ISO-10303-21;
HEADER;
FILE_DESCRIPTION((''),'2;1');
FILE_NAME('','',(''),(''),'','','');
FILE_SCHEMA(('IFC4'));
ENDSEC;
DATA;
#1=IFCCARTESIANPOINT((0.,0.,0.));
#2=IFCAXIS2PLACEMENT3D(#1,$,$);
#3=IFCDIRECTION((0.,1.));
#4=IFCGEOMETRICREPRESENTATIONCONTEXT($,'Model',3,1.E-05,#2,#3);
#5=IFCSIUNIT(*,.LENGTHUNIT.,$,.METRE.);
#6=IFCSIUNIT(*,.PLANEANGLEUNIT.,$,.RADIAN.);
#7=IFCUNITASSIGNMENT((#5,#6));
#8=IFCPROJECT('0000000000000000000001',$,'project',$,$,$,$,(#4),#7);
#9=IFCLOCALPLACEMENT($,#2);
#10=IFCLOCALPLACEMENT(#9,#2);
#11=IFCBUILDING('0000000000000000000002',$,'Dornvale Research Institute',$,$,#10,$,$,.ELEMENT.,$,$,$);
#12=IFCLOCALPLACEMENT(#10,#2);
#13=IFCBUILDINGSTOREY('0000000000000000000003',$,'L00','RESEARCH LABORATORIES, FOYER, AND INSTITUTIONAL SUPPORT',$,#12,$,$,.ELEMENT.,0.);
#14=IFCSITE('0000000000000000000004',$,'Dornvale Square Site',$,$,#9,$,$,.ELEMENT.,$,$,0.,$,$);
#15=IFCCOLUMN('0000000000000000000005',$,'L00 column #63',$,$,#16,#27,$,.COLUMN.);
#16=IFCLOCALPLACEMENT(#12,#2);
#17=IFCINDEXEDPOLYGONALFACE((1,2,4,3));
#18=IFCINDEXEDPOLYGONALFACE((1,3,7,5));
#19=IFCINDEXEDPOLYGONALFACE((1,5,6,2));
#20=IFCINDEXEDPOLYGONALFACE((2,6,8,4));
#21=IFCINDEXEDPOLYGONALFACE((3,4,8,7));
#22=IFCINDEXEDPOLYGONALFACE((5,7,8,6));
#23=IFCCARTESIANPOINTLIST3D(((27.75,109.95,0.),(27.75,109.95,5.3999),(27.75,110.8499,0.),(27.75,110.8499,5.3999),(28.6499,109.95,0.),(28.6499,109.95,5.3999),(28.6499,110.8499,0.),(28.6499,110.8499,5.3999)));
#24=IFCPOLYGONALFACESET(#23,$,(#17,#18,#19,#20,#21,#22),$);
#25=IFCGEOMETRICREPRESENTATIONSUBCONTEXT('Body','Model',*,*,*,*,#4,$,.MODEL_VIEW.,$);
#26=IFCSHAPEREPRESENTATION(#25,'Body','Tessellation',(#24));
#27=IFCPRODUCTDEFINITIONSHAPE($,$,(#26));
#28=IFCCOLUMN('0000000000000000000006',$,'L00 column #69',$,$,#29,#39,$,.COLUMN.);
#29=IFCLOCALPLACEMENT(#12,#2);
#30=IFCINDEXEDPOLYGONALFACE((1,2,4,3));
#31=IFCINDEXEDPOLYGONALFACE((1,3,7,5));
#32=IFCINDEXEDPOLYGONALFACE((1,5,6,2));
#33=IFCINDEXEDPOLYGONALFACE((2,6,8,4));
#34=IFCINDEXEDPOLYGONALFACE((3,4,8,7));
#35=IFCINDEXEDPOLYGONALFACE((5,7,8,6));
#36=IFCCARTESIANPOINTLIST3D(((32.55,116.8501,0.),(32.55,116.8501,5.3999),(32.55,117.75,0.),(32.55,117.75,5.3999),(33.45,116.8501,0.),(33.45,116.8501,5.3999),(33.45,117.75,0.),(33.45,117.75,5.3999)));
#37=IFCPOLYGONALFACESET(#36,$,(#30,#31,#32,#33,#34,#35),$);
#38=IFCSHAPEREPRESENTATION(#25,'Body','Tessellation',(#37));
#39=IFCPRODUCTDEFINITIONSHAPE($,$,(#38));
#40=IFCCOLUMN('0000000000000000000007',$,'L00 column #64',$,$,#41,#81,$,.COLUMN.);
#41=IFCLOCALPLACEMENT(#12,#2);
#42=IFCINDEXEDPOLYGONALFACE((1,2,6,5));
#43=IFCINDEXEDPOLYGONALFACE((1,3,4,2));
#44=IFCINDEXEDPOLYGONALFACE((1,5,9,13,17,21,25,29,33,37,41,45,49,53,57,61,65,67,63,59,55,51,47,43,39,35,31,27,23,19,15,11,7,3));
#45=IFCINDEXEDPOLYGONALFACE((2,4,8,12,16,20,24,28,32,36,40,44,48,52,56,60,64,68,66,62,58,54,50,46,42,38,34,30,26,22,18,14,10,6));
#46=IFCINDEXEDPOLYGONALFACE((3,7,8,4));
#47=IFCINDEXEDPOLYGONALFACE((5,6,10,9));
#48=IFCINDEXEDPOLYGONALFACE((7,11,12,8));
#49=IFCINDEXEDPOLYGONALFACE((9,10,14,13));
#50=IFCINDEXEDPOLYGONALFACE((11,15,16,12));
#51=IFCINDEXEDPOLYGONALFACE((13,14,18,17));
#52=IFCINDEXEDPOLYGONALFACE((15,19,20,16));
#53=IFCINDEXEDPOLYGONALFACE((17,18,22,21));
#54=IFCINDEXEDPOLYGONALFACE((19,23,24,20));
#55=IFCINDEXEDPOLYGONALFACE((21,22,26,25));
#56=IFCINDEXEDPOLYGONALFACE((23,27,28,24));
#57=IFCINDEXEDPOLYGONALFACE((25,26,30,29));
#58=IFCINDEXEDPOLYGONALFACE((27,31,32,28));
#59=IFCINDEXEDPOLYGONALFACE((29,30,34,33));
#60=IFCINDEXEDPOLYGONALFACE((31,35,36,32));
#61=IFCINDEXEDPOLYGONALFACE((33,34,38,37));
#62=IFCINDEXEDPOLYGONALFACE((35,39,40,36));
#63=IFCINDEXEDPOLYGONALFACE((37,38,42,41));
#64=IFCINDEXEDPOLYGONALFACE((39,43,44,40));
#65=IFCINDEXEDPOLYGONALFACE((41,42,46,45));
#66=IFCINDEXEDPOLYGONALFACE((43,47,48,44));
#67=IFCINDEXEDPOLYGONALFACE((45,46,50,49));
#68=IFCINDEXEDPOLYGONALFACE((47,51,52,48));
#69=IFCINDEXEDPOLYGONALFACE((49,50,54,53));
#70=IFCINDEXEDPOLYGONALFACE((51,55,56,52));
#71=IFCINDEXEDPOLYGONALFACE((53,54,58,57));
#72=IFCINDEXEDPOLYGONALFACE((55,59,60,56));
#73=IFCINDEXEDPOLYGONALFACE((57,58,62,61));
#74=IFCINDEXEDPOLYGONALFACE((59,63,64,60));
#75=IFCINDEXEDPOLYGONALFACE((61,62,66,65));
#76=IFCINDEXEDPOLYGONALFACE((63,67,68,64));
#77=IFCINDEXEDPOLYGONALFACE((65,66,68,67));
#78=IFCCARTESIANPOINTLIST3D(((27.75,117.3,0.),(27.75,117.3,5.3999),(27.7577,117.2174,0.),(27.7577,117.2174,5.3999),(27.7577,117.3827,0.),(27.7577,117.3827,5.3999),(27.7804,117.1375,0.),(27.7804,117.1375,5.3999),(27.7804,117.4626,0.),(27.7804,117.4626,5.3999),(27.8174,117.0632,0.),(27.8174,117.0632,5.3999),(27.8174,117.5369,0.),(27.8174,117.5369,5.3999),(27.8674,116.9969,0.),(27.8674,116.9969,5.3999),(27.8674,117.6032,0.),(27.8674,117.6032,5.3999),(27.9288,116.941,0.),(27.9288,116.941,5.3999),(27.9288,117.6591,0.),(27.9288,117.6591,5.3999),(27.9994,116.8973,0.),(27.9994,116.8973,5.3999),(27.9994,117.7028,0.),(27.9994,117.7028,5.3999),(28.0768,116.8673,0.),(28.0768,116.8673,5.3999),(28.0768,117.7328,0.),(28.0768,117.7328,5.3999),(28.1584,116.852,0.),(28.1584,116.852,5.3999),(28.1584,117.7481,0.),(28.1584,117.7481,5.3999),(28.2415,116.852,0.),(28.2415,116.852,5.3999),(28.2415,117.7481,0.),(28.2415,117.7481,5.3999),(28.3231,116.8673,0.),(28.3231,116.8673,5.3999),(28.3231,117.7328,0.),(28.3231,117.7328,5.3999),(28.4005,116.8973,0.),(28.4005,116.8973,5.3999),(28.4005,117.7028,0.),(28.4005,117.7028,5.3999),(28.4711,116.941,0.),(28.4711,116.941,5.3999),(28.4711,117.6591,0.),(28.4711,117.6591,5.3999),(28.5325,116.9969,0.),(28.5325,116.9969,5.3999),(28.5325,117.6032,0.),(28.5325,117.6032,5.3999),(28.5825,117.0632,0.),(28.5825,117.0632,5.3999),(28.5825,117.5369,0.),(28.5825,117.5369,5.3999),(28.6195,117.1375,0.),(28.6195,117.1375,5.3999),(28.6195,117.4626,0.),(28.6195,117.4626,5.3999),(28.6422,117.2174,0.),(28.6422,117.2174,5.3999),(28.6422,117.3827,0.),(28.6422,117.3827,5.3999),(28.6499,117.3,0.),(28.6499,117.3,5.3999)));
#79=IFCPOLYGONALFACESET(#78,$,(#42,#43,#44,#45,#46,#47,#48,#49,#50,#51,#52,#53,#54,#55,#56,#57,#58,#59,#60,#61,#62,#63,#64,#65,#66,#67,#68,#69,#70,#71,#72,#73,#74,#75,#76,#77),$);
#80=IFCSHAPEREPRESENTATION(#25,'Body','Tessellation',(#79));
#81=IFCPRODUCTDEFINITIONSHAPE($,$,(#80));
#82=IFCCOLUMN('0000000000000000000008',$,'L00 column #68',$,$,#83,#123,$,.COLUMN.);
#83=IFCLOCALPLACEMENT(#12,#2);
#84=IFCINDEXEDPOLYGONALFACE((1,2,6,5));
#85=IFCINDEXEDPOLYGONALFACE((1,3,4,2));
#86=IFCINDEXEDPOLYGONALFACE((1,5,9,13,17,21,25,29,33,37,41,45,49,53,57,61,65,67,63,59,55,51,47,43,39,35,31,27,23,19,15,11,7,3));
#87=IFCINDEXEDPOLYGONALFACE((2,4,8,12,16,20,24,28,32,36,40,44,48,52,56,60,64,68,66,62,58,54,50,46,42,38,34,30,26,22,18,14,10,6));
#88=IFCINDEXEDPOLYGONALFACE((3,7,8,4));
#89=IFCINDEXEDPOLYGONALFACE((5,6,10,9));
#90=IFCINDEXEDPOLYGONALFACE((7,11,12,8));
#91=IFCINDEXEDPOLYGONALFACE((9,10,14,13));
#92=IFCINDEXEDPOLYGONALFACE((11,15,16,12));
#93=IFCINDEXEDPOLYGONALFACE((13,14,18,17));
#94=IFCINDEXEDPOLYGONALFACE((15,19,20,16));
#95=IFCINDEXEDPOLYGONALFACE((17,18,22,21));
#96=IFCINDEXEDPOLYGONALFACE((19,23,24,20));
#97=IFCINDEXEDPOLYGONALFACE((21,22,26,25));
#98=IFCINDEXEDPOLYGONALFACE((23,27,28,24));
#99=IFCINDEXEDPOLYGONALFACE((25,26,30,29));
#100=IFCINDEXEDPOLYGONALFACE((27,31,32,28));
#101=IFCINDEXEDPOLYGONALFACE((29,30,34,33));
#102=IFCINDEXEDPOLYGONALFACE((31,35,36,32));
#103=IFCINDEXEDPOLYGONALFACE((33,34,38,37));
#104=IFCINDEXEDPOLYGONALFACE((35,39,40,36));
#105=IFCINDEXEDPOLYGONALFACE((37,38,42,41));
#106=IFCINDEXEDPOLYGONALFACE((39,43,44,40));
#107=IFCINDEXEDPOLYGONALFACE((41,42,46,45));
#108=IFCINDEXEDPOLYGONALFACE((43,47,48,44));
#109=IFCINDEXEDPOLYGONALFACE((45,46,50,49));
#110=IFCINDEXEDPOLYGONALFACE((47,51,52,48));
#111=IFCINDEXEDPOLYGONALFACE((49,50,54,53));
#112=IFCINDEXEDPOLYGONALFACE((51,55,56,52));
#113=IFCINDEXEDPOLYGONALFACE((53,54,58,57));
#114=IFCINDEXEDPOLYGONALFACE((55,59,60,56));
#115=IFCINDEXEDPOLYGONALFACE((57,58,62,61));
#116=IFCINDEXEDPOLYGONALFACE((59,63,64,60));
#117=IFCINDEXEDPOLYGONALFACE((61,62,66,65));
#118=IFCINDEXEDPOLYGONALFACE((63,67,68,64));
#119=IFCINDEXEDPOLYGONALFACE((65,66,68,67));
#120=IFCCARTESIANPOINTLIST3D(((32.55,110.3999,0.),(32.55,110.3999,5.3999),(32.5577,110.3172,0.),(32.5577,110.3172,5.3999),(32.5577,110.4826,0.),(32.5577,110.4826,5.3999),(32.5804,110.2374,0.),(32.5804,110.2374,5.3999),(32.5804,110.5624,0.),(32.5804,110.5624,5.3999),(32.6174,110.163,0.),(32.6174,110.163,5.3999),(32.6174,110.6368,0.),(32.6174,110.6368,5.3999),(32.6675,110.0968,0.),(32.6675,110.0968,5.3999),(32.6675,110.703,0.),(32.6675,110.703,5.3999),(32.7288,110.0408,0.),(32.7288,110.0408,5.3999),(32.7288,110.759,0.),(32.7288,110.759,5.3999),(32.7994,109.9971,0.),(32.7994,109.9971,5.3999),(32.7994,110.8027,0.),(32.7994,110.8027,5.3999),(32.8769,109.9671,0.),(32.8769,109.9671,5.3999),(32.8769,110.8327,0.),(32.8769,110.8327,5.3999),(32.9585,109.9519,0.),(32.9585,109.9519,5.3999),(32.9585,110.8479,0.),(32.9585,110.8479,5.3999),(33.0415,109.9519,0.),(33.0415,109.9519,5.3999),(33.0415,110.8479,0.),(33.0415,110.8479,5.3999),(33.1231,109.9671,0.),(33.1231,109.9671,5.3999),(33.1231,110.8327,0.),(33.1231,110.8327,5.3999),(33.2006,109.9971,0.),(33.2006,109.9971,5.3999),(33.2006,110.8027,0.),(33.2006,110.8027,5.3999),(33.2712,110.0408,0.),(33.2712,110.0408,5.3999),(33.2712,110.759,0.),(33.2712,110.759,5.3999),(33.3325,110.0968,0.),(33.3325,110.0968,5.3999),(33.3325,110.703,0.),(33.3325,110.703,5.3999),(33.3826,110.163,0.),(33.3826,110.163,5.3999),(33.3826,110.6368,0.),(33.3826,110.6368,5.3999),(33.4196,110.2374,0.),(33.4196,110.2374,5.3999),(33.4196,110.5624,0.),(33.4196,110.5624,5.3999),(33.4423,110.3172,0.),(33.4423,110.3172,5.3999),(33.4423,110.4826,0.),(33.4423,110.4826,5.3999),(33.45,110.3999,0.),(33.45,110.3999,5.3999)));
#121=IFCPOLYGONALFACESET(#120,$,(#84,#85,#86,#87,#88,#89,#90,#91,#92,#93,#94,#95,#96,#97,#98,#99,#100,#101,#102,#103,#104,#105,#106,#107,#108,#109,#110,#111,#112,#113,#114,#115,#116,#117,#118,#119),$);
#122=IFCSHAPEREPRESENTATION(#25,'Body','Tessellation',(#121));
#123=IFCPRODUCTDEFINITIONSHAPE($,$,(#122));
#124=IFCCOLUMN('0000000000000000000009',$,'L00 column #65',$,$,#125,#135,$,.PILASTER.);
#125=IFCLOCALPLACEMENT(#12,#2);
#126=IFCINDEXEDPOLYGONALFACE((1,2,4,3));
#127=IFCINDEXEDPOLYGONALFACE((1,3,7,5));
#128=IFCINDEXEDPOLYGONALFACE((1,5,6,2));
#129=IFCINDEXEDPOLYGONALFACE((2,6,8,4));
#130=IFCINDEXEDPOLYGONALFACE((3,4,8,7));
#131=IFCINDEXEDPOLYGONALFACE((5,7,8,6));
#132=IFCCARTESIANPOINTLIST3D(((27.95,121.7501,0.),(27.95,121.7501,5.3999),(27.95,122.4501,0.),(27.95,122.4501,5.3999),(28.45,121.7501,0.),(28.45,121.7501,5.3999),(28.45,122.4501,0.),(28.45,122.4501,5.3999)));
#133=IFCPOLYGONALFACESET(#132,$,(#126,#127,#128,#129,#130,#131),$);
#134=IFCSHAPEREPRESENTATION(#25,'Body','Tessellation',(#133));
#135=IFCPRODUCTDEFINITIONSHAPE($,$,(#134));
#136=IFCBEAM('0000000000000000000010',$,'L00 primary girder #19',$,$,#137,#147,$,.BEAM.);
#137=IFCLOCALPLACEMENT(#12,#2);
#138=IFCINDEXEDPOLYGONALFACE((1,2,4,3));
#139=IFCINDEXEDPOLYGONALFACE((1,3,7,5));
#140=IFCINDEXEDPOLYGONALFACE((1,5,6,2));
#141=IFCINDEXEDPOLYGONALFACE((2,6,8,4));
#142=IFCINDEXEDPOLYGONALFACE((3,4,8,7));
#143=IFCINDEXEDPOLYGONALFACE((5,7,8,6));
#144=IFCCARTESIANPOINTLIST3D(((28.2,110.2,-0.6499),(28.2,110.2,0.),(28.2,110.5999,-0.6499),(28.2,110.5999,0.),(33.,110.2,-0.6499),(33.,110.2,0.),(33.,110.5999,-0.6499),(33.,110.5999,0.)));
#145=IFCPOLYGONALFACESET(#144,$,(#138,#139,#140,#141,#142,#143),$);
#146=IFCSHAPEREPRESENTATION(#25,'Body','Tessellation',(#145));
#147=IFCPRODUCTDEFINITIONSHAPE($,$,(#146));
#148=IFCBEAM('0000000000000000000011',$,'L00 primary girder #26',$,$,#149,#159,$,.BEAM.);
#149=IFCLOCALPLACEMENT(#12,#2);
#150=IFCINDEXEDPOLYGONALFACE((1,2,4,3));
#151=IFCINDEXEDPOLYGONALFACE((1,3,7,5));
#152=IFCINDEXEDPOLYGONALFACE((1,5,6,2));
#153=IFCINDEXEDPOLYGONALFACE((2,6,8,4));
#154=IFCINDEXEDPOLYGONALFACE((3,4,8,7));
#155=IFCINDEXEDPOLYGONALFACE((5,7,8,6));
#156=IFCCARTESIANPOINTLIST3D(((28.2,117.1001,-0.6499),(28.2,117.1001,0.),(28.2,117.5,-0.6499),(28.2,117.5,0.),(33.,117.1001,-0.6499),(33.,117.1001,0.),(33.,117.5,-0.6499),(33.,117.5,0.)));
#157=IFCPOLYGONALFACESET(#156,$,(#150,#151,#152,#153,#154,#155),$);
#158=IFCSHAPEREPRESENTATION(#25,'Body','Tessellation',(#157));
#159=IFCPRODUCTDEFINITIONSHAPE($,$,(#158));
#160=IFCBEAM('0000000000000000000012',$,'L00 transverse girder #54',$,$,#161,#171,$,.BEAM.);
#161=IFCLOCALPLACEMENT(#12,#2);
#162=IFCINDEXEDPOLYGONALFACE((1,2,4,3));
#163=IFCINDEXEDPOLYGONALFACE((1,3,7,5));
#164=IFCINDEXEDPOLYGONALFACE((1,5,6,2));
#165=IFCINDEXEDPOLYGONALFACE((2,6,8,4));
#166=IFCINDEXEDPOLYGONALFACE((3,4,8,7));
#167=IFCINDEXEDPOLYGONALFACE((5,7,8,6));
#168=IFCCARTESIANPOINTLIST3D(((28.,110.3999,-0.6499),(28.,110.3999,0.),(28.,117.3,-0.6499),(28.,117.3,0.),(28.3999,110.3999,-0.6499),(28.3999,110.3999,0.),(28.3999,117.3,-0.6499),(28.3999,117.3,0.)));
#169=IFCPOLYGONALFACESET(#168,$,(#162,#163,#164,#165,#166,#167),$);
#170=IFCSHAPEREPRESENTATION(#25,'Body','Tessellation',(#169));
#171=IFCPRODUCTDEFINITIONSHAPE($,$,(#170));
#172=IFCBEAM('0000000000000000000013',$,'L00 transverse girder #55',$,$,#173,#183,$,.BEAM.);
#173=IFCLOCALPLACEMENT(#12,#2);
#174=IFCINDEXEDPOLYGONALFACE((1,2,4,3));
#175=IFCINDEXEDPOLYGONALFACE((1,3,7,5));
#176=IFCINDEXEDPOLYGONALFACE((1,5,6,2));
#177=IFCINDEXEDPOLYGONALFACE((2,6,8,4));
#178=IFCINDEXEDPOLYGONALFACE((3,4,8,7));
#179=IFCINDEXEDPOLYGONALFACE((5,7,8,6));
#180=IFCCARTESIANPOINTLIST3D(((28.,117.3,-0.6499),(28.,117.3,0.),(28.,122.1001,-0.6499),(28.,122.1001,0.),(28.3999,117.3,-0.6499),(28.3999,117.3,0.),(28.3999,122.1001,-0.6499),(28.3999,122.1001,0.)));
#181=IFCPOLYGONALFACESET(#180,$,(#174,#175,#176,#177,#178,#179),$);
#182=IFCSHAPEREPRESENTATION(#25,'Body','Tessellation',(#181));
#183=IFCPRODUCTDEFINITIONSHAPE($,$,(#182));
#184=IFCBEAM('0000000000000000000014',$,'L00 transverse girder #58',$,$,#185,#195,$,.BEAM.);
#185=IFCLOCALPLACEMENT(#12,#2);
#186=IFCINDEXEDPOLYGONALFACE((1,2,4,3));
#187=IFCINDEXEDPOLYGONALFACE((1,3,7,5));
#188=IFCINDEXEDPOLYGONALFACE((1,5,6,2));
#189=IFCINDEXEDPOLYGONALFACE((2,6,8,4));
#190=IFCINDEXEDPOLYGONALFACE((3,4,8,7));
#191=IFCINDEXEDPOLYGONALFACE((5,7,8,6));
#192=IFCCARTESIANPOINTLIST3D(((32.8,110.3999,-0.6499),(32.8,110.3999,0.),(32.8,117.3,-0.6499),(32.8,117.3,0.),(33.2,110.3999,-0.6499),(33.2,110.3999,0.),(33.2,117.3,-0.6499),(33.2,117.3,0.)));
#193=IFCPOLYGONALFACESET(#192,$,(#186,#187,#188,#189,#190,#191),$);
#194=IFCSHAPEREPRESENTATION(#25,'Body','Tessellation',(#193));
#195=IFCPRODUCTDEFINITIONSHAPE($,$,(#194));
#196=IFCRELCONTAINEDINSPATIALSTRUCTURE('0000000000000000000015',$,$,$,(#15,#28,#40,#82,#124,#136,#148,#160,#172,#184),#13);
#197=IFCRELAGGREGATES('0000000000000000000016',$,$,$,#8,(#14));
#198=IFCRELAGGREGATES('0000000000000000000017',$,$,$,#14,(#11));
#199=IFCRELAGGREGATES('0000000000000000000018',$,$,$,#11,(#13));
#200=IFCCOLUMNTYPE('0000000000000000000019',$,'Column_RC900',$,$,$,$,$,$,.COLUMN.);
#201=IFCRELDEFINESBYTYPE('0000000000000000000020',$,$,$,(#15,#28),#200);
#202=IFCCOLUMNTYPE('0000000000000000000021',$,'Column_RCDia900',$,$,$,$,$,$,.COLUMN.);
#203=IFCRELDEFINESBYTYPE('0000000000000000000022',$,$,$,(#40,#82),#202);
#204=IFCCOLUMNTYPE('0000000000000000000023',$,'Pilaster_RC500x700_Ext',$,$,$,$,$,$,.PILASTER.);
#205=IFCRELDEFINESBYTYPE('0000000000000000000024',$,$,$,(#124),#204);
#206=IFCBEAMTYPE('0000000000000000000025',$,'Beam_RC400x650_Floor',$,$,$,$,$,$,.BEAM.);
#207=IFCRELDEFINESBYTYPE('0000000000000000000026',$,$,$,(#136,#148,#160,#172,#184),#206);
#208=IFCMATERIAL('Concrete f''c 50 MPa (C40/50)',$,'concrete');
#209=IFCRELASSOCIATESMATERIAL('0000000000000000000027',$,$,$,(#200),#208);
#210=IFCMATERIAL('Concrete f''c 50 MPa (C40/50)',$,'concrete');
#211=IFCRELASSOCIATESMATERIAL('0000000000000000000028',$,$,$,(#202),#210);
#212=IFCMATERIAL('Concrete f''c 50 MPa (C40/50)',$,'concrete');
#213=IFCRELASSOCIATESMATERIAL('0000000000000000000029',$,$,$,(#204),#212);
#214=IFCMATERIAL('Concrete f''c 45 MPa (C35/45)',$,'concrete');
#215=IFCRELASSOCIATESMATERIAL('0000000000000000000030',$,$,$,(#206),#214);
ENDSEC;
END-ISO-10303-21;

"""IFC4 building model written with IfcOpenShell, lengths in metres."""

from ifc_helpers import new_model, si_unit, direction, frame, origin, origin_2d, place, context, subcontext, project, spatial, rectangle, circle, extrude, material, material_profile, profile_set, type_object, element, save


model = new_model("IFC4")

# Units and contexts
model_context = context("Model", 3, precision=1e-05, world=origin(), true_north=direction((0.0, 1.0)))
body_context = subcontext(model_context, "Body", "Model", "MODEL_VIEW")
ifc_project = project(units=[si_unit("LENGTHUNIT", "METRE"), si_unit("PLANEANGLEUNIT", "RADIAN")], contexts=[model_context])

# Site, building, storey
site_placement = place(None, origin())
site = spatial("IfcSite", under=ifc_project, at=site_placement, Name="Dornvale Square Site", CompositionType="ELEMENT", RefElevation=0.0)
building_placement = place(site_placement, origin())
building = spatial("IfcBuilding", under=site, at=building_placement, Name="Dornvale Research Institute", CompositionType="ELEMENT")
storey_placement = place(building_placement, origin())
storey = spatial("IfcBuildingStorey", under=building, at=storey_placement, Name="L00", Description="RESEARCH LABORATORIES, FOYER, AND INSTITUTIONAL SUPPORT", CompositionType="ELEMENT", Elevation=0.0)

# Columns
ifc_material_1 = material(Name="Concrete f'c 50 MPa (C40/50)", Category="concrete")
ifc_material_profile_1 = material_profile(ifc_material_1, rectangle(XDim=0.8999, YDim=0.8999, at=origin_2d()), Name="RC 900x900")
ifc_profile_set_1 = profile_set([ifc_material_profile_1], Name="Concrete f'c 50 MPa (C40/50)")
column_type_1 = type_object("IfcColumnType", Name="Column_RC900", PredefinedType="COLUMN", material=ifc_profile_set_1)
for number, where, z_axis, x_axis, name in (
    (1, (28.2, 110.3999, 0.0), (0.0, 0.0, 1.0), (1.0, 0.0, 0.0), "L00 column #63"),
    (2, (33.0, 117.3, 0.0), (0.0, 0.0, 1.0), (1.0, 0.0, 0.0), "L00 column #69"),
):
    element("IfcColumn", number, at=place(storey_placement, frame(where, z_axis=z_axis, x_axis=x_axis)), inside=storey, type_object=column_type_1, Name=name, PredefinedType="COLUMN", context=body_context, shape_type="SweptSolid", body=[
        extrude(rectangle(XDim=0.8999, YDim=0.8999, at=origin_2d()), origin(), (0.0, 0.0, 1.0), 5.3999),
    ])
ifc_material_2 = material(Name="Concrete f'c 50 MPa (C40/50)", Category="concrete")
ifc_material_profile_2 = material_profile(ifc_material_2, circle(Radius=0.45, at=origin_2d()), Name="RC DIA 900")
ifc_profile_set_2 = profile_set([ifc_material_profile_2], Name="Concrete f'c 50 MPa (C40/50)")
column_type_2 = type_object("IfcColumnType", Name="Column_RCDia900", PredefinedType="COLUMN", material=ifc_profile_set_2)
for number, where, z_axis, x_axis, name in (
    (3, (28.2, 117.3, 0.0), (0.0, 0.0, 1.0), (1.0, 0.0, 0.0), "L00 column #64"),
    (4, (33.0, 110.3999, 0.0), (0.0, 0.0, 1.0), (1.0, 0.0, 0.0), "L00 column #68"),
):
    element("IfcColumn", number, at=place(storey_placement, frame(where, z_axis=z_axis, x_axis=x_axis)), inside=storey, type_object=column_type_2, Name=name, PredefinedType="COLUMN", context=body_context, shape_type="SweptSolid", body=[
        extrude(circle(Radius=0.45, at=origin_2d()), origin(), (0.0, 0.0, 1.0), 5.3999),
    ])
ifc_material_3 = material(Name="Concrete f'c 50 MPa (C40/50)", Category="concrete")
ifc_material_profile_3 = material_profile(ifc_material_3, rectangle(XDim=0.5, YDim=0.7, at=origin_2d()), Name="RC 500x700")
ifc_profile_set_3 = profile_set([ifc_material_profile_3], Name="Concrete f'c 50 MPa (C40/50)")
column_type_3 = type_object("IfcColumnType", Name="Pilaster_RC500x700_Ext", PredefinedType="PILASTER", material=ifc_profile_set_3)
column_placement = place(storey_placement, frame((28.2, 122.1001, 0.0), z_axis=(0.0, 0.0, 1.0), x_axis=(1.0, 0.0, 0.0)))
element("IfcColumn", 5, at=column_placement, inside=storey, type_object=column_type_3, Name="L00 column #65", PredefinedType="PILASTER", context=body_context, shape_type="SweptSolid", body=[
    extrude(rectangle(XDim=0.5, YDim=0.7, at=origin_2d()), origin(), (0.0, 0.0, 1.0), 5.3999),
])

# Beams
ifc_material_4 = material(Name="Concrete f'c 45 MPa (C35/45)", Category="concrete")
ifc_material_profile_4 = material_profile(ifc_material_4, rectangle(XDim=0.3999, YDim=0.6499, at=origin_2d()), Name="RC 400x650")
ifc_profile_set_4 = profile_set([ifc_material_profile_4], Name="Concrete f'c 45 MPa (C35/45)")
beam_type_1 = type_object("IfcBeamType", Name="Beam_RC400x650_Floor", PredefinedType="BEAM", material=ifc_profile_set_4)
for number, where, z_axis, x_axis, name in (
    (6, (28.2, 110.3999, -0.325), (1.0, 0.0, 0.0), (0.0, 1.0, 0.0), "L00 primary girder #19"),
    (7, (28.2, 117.3, -0.325), (1.0, 0.0, 0.0), (0.0, 1.0, 0.0), "L00 primary girder #26"),
):
    element("IfcBeam", number, at=place(storey_placement, frame(where, z_axis=z_axis, x_axis=x_axis)), inside=storey, type_object=beam_type_1, Name=name, PredefinedType="BEAM", context=body_context, shape_type="SweptSolid", body=[
        extrude(rectangle(XDim=0.3999, YDim=0.6499, at=origin_2d()), origin(), (0.0, 0.0, 1.0), 4.8),
    ])
beam_1_placement = place(storey_placement, frame((28.2, 110.3999, -0.325), z_axis=(0.0, 1.0, 0.0), x_axis=(-1.0, 0.0, 0.0)))
element("IfcBeam", 8, at=beam_1_placement, inside=storey, type_object=beam_type_1, Name="L00 transverse girder #54", PredefinedType="BEAM", context=body_context, shape_type="SweptSolid", body=[
    extrude(rectangle(XDim=0.3999, YDim=0.6499, at=origin_2d()), origin(), (0.0, 0.0, 1.0), 6.9001),
])
beam_2_placement = place(storey_placement, frame((28.2, 117.3, -0.325), z_axis=(0.0, 1.0, 0.0), x_axis=(-1.0, 0.0, 0.0)))
element("IfcBeam", 9, at=beam_2_placement, inside=storey, type_object=beam_type_1, Name="L00 transverse girder #55", PredefinedType="BEAM", context=body_context, shape_type="SweptSolid", body=[
    extrude(rectangle(XDim=0.3999, YDim=0.6499, at=origin_2d()), origin(), (0.0, 0.0, 1.0), 4.8),
])
beam_3_placement = place(storey_placement, frame((33.0, 110.3999, -0.325), z_axis=(0.0, 1.0, 0.0), x_axis=(-1.0, 0.0, 0.0)))
element("IfcBeam", 10, at=beam_3_placement, inside=storey, type_object=beam_type_1, Name="L00 transverse girder #58", PredefinedType="BEAM", context=body_context, shape_type="SweptSolid", body=[
    extrude(rectangle(XDim=0.3999, YDim=0.6499, at=origin_2d()), origin(), (0.0, 0.0, 1.0), 6.9001),
])

save(model, "model.ifc")
